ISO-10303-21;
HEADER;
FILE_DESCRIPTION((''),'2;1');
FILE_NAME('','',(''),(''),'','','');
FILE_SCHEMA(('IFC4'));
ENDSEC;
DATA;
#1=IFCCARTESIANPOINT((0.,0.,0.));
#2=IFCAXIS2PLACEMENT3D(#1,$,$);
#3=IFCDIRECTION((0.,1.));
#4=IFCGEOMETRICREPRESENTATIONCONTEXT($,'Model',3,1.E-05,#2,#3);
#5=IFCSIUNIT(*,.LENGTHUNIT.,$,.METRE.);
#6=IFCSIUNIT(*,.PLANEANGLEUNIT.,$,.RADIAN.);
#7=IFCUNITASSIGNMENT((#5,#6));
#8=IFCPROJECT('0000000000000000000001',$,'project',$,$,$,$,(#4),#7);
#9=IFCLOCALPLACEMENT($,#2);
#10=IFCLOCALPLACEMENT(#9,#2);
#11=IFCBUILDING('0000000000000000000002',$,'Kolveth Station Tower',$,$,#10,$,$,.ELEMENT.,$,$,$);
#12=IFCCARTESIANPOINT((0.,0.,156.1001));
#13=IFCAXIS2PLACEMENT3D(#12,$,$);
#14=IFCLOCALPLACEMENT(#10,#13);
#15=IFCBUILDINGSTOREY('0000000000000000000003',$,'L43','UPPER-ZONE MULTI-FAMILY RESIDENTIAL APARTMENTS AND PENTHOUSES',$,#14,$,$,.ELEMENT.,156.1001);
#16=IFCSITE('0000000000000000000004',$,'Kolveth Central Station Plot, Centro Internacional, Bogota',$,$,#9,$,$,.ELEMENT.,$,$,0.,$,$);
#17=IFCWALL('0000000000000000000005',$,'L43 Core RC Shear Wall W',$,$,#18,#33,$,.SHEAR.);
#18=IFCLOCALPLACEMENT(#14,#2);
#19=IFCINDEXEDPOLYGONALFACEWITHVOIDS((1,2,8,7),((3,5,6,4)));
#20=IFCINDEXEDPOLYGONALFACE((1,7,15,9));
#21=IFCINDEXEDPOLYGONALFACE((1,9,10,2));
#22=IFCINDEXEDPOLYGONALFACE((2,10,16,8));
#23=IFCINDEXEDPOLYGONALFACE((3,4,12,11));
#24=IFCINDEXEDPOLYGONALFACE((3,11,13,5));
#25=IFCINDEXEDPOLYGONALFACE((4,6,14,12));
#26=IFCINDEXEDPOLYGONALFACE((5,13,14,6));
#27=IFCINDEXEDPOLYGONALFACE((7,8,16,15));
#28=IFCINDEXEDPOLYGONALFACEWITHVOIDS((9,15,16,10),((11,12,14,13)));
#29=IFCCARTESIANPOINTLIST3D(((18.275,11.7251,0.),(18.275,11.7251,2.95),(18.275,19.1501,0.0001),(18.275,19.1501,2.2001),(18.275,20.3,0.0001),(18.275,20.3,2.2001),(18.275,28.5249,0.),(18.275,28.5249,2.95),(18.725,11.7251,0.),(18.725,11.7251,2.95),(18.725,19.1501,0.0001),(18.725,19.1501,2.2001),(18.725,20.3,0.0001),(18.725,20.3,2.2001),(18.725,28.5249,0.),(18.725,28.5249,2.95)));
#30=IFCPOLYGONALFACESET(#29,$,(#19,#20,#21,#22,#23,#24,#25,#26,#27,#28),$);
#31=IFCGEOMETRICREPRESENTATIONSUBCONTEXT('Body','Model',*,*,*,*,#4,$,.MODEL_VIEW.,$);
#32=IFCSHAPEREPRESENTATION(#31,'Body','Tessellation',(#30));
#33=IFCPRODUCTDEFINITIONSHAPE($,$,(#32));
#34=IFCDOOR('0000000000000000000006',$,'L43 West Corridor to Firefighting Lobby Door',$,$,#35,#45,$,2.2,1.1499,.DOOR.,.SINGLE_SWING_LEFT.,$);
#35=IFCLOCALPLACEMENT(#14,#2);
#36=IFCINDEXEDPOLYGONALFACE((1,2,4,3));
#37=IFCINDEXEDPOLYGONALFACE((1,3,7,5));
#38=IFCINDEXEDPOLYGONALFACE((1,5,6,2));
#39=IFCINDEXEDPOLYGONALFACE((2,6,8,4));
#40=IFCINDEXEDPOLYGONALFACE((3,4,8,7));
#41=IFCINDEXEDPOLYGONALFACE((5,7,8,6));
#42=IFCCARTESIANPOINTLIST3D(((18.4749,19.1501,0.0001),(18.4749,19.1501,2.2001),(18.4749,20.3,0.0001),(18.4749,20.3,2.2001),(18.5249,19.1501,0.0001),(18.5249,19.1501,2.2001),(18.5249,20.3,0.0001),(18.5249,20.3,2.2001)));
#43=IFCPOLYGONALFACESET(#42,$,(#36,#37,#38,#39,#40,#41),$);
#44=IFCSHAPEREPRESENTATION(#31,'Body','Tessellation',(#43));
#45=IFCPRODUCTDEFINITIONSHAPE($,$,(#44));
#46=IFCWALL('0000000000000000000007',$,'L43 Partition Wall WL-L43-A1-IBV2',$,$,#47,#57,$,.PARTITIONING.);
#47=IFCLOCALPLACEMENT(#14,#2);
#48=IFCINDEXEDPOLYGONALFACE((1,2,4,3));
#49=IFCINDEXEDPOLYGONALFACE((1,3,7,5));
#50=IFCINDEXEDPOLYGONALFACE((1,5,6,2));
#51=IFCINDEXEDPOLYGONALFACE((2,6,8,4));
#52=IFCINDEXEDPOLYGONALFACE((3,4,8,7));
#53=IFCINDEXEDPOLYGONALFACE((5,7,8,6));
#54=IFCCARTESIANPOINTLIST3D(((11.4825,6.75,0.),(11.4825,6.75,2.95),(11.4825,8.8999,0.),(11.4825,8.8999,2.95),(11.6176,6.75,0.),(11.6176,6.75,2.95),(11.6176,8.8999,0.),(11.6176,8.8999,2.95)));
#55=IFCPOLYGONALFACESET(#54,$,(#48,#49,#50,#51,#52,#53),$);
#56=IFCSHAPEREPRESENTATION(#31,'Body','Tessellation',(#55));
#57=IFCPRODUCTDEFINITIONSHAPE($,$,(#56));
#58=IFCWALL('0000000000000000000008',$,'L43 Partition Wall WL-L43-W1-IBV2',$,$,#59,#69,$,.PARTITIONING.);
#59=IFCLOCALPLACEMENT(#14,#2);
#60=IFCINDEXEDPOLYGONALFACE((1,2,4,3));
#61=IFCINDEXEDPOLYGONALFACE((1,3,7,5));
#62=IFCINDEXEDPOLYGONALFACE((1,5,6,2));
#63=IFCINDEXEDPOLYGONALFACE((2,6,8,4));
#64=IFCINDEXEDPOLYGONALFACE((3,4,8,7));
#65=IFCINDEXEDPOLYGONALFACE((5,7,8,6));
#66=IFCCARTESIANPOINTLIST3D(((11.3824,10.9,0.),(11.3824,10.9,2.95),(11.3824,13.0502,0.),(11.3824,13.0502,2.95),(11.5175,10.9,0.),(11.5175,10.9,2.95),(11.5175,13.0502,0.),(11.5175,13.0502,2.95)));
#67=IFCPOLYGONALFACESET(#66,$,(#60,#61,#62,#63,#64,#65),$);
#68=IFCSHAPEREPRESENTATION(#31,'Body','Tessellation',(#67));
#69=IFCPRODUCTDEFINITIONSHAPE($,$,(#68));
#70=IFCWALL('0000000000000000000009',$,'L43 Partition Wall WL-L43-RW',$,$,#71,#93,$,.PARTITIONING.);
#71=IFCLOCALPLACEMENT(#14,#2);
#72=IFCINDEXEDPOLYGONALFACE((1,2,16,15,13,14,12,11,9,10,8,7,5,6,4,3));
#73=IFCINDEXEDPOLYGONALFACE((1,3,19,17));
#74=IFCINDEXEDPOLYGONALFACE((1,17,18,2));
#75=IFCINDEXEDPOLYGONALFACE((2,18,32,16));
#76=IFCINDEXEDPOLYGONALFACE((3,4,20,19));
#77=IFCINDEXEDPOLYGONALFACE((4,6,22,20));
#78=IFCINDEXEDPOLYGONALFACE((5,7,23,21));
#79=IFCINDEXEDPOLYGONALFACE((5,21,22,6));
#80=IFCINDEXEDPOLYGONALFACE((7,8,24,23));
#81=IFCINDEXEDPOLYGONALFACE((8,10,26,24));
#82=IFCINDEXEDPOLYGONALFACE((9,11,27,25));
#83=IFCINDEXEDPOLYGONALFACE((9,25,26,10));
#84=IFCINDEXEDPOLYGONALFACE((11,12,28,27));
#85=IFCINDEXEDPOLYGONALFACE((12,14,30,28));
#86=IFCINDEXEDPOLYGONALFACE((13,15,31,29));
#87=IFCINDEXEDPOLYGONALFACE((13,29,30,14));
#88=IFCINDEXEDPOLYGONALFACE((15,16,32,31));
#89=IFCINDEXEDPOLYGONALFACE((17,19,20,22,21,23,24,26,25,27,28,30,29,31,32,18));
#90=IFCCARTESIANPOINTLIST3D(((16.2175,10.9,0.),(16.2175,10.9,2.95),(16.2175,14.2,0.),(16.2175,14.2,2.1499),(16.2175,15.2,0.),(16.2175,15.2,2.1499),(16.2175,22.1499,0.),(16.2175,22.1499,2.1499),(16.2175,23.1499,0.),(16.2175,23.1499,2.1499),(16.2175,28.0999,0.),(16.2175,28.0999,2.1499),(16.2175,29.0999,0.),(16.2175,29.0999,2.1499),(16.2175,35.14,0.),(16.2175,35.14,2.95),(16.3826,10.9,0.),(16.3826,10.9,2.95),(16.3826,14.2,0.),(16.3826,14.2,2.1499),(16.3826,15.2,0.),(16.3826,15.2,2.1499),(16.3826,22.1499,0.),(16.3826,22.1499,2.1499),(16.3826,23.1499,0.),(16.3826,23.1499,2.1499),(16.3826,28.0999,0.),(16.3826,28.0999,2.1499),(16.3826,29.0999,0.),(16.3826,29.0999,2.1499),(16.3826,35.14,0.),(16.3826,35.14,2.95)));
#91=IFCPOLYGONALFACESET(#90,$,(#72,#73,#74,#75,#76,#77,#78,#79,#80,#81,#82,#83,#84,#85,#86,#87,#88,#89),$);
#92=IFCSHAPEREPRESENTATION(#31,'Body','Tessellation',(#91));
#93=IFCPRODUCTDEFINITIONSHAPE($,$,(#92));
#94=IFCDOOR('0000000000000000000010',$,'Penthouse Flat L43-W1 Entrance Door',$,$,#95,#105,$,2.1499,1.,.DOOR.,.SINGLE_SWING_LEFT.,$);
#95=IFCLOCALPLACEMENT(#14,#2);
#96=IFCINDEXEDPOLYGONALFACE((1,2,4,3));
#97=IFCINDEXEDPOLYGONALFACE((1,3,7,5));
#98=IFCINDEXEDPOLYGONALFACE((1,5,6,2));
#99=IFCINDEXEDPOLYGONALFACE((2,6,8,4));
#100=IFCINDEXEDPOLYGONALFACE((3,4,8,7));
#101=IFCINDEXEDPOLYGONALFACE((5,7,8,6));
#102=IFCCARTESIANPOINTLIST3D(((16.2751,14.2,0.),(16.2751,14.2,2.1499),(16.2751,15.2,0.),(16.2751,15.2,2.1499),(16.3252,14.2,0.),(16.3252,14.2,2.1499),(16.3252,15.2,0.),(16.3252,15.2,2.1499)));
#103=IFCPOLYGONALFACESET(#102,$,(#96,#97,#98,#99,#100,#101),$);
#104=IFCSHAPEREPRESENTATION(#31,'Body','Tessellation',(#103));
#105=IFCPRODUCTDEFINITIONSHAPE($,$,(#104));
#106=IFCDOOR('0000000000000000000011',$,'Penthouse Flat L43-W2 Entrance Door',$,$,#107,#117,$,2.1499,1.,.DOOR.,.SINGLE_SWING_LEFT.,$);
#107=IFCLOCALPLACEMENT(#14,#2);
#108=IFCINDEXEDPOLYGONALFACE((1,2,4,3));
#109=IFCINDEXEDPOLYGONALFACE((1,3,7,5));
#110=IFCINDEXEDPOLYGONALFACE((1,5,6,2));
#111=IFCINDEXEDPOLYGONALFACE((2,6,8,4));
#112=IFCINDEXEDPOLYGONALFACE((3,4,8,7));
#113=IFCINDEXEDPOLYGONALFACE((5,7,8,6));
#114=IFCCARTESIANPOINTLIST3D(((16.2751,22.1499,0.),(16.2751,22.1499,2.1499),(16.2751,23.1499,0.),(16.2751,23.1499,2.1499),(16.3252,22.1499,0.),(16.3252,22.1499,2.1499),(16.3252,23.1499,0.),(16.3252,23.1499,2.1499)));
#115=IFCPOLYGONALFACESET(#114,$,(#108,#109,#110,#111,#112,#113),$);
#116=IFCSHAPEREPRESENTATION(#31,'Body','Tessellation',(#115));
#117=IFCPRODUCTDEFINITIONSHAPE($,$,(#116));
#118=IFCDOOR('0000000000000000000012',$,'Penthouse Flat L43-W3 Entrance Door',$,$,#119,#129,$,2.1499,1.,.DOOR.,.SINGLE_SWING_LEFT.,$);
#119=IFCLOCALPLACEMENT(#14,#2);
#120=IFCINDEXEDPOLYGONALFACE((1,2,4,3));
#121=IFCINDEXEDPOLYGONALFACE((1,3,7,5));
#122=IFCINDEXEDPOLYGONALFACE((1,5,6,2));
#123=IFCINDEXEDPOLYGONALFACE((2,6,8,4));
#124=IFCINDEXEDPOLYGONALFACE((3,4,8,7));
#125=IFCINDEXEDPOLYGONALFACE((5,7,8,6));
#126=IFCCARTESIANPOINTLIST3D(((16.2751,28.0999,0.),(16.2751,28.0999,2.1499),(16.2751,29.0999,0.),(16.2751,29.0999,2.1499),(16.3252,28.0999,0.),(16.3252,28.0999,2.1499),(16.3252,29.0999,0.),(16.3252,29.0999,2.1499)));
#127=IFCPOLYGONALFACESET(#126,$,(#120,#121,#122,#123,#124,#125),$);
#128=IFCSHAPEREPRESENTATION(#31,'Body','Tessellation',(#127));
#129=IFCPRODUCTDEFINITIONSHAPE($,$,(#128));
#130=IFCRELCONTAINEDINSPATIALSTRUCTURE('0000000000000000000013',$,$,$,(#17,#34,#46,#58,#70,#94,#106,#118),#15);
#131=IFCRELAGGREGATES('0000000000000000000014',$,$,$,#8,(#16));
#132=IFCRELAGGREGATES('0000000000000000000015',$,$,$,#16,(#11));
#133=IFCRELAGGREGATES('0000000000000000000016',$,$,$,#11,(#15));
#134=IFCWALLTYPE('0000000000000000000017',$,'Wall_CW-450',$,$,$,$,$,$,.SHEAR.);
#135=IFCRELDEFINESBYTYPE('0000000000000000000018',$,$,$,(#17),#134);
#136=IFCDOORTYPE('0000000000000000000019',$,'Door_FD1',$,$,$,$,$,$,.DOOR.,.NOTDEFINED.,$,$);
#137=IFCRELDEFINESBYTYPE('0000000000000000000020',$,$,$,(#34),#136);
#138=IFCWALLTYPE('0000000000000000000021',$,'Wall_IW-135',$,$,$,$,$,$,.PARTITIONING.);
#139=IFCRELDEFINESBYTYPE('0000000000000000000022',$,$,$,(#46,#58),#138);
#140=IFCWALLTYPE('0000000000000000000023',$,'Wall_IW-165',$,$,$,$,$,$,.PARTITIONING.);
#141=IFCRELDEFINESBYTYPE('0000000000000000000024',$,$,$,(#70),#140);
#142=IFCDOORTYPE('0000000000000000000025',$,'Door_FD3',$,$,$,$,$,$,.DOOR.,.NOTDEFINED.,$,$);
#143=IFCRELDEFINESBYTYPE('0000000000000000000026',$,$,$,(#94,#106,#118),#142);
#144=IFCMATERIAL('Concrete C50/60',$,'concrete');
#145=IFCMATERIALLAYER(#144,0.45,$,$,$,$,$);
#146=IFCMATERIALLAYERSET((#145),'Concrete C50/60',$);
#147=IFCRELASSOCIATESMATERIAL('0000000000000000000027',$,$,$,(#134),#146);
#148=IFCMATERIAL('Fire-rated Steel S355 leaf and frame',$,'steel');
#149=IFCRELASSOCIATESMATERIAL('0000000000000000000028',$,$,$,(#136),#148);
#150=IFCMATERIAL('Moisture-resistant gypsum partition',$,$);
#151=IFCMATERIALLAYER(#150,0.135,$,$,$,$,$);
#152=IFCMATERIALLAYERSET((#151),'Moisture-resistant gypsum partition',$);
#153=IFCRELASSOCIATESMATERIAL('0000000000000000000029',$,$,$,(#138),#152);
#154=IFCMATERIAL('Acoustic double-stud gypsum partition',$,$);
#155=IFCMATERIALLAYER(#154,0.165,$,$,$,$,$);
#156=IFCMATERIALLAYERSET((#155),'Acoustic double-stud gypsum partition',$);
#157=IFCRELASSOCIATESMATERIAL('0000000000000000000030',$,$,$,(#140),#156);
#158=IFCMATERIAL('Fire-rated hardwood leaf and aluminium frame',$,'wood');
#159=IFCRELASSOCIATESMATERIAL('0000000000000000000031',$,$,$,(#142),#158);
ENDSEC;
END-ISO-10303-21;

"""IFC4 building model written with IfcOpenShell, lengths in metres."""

from ifc_helpers import new_model, si_unit, direction, frame, frame_2d, origin, place, context, subcontext, project, spatial, rectangle, extrude, material, layer, layer_set, type_object, element, fill, save


model = new_model("IFC4")

# Units and contexts
model_context = context("Model", 3, precision=1e-05, world=origin(), true_north=direction((0.0, 1.0)))
body_context = subcontext(model_context, "Body", "Model", "MODEL_VIEW")
ifc_project = project(units=[si_unit("LENGTHUNIT", "METRE"), si_unit("PLANEANGLEUNIT", "RADIAN")], contexts=[model_context])

# Site, building, storey
site_placement = place(None, origin())
site = spatial("IfcSite", under=ifc_project, at=site_placement, Name="Kolveth Central Station Plot, Centro Internacional, Bogota", CompositionType="ELEMENT", RefElevation=0.0)
building_placement = place(site_placement, origin())
building = spatial("IfcBuilding", under=site, at=building_placement, Name="Kolveth Station Tower", CompositionType="ELEMENT")
storey_placement = place(building_placement, frame((0.0, 0.0, 156.1001)))
storey = spatial("IfcBuildingStorey", under=building, at=storey_placement, Name="L43", Description="UPPER-ZONE MULTI-FAMILY RESIDENTIAL APARTMENTS AND PENTHOUSES", CompositionType="ELEMENT", Elevation=156.1001)

# Shared definitions
ifc_material_1 = material(Name="Concrete C50/60", Category="concrete")
ifc_layer_1 = layer(ifc_material_1, 0.45)
ifc_layer_set_1 = layer_set([ifc_layer_1], Name="Concrete C50/60")
wall_type_1 = type_object("IfcWallType", Name="Wall_CW-450", PredefinedType="SHEAR", material=ifc_layer_set_1)

# Wall, opening, door
wall_1_placement = place(storey_placement, frame((18.5, 11.7251, 0.0), z_axis=(0.0, 0.0, 1.0), x_axis=(0.0, 1.0, 0.0)))
wall_1 = element("IfcWall", 1, at=wall_1_placement, inside=storey, type_object=wall_type_1, Name="L43 Core RC Shear Wall W", PredefinedType="SHEAR", context=body_context, shape_type="SweptSolid", body=[
    extrude(rectangle(XDim=16.7998, YDim=0.45, at=frame_2d((8.3999, 0.0))), origin(), (0.0, 0.0, 1.0), 2.95),
])
opening_1_placement = place(wall_1_placement, frame((7.425, 0.0, 0.0)))
opening_1 = element("IfcOpeningElement", 2, at=opening_1_placement, cuts=wall_1, PredefinedType="OPENING", context=body_context, shape_type="SweptSolid", body=[
    extrude(rectangle(XDim=1.1499, YDim=2.2, at=frame_2d((0.575, 1.1001))), frame((0.0, 0.2349, 0.0), z_axis=(0.0, -1.0, 0.0), x_axis=(1.0, 0.0, 0.0)), (0.0, 0.0, 1.0), 0.47),
])
ifc_material_2 = material(Name="Fire-rated Steel S355 leaf and frame", Category="steel")
door_type_1 = type_object("IfcDoorType", Name="Door_FD1", OperationType="NOTDEFINED", PredefinedType="DOOR", material=ifc_material_2)
door_1_placement = place(opening_1_placement, frame((1.1499, 0.0, 0.0), z_axis=(0.0, 0.0, 1.0), x_axis=(-1.0, 0.0, 0.0)))
door_1 = element("IfcDoor", 3, at=door_1_placement, inside=storey, type_object=door_type_1, Name="L43 West Corridor to Firefighting Lobby Door", OperationType="SINGLE_SWING_LEFT", OverallHeight=2.2, OverallWidth=1.1499, PredefinedType="DOOR", context=body_context, shape_type="SweptSolid", body=[
    extrude(rectangle(XDim=1.1499, YDim=2.2, at=frame_2d((0.575, 1.1001))), frame((0.0, 0.0249, 0.0), z_axis=(0.0, -1.0, 0.0), x_axis=(1.0, 0.0, 0.0)), (0.0, 0.0, 1.0), 0.05),
])
fill(opening_1, door_1)

# Walls
ifc_material_3 = material(Name="Moisture-resistant gypsum partition")
ifc_layer_2 = layer(ifc_material_3, 0.135)
ifc_layer_set_2 = layer_set([ifc_layer_2], Name="Moisture-resistant gypsum partition")
wall_type_2 = type_object("IfcWallType", Name="Wall_IW-135", PredefinedType="PARTITIONING", material=ifc_layer_set_2)
wall_2_placement = place(storey_placement, frame((11.55, 6.75, 0.0), z_axis=(0.0, 0.0, 1.0), x_axis=(0.0, 1.0, 0.0)))
element("IfcWall", 4, at=wall_2_placement, inside=storey, type_object=wall_type_2, Name="L43 Partition Wall WL-L43-A1-IBV2", PredefinedType="PARTITIONING", context=body_context, shape_type="SweptSolid", body=[
    extrude(rectangle(XDim=2.1499, YDim=0.135, at=frame_2d((1.075, 0.0))), origin(), (0.0, 0.0, 1.0), 2.95),
])
wall_3_placement = place(storey_placement, frame((11.45, 10.8999, 0.0), z_axis=(0.0, 0.0, 1.0), x_axis=(0.0, 1.0, 0.0)))
element("IfcWall", 5, at=wall_3_placement, inside=storey, type_object=wall_type_2, Name="L43 Partition Wall WL-L43-W1-IBV2", PredefinedType="PARTITIONING", context=body_context, shape_type="SweptSolid", body=[
    extrude(rectangle(XDim=2.1501, YDim=0.135, at=frame_2d((1.0752, 0.0))), origin(), (0.0, 0.0, 1.0), 2.95),
])

# Wall, openings, doors
ifc_material_4 = material(Name="Acoustic double-stud gypsum partition")
ifc_layer_3 = layer(ifc_material_4, 0.165)
ifc_layer_set_3 = layer_set([ifc_layer_3], Name="Acoustic double-stud gypsum partition")
wall_type_3 = type_object("IfcWallType", Name="Wall_IW-165", PredefinedType="PARTITIONING", material=ifc_layer_set_3)
wall_4_placement = place(storey_placement, frame((16.3, 10.8999, 0.0), z_axis=(0.0, 0.0, 1.0), x_axis=(0.0, 1.0, 0.0)))
wall_4 = element("IfcWall", 6, at=wall_4_placement, inside=storey, type_object=wall_type_3, Name="L43 Partition Wall WL-L43-RW", PredefinedType="PARTITIONING", context=body_context, shape_type="SweptSolid", body=[
    extrude(rectangle(XDim=24.24, YDim=0.165, at=frame_2d((12.1201, 0.0))), origin(), (0.0, 0.0, 1.0), 2.95),
])
opening_2_placement = place(wall_4_placement, frame((3.3, 0.0, 0.0)))
opening_2 = element("IfcOpeningElement", 7, at=opening_2_placement, cuts=wall_4, PredefinedType="OPENING", context=body_context, shape_type="SweptSolid", body=[
    extrude(rectangle(XDim=1.0, YDim=2.1499, at=frame_2d((0.5, 1.075))), frame((0.0, 0.0925, 0.0), z_axis=(0.0, -1.0, 0.0), x_axis=(1.0, 0.0, 0.0)), (0.0, 0.0, 1.0), 0.1851),
])
opening_3_placement = place(wall_4_placement, frame((11.25, 0.0, 0.0)))
opening_3 = element("IfcOpeningElement", 8, at=opening_3_placement, cuts=wall_4, PredefinedType="OPENING", context=body_context, shape_type="SweptSolid", body=[
    extrude(rectangle(XDim=1.0, YDim=2.1499, at=frame_2d((0.5, 1.075))), frame((0.0, 0.0925, 0.0), z_axis=(0.0, -1.0, 0.0), x_axis=(1.0, 0.0, 0.0)), (0.0, 0.0, 1.0), 0.1851),
])
opening_4_placement = place(wall_4_placement, frame((17.2, 0.0, 0.0)))
opening_4 = element("IfcOpeningElement", 9, at=opening_4_placement, cuts=wall_4, PredefinedType="OPENING", context=body_context, shape_type="SweptSolid", body=[
    extrude(rectangle(XDim=1.0, YDim=2.1499, at=frame_2d((0.5, 1.075))), frame((0.0, 0.0925, 0.0), z_axis=(0.0, -1.0, 0.0), x_axis=(1.0, 0.0, 0.0)), (0.0, 0.0, 1.0), 0.1851),
])
ifc_material_5 = material(Name="Fire-rated hardwood leaf and aluminium frame", Category="wood")
door_type_2 = type_object("IfcDoorType", Name="Door_FD3", OperationType="NOTDEFINED", PredefinedType="DOOR", material=ifc_material_5)
door_2_placement = place(opening_2_placement, origin())
door_2 = element("IfcDoor", 10, at=door_2_placement, inside=storey, type_object=door_type_2, Name="Penthouse Flat L43-W1 Entrance Door", OperationType="SINGLE_SWING_LEFT", OverallHeight=2.1499, OverallWidth=1.0, PredefinedType="DOOR", context=body_context, shape_type="SweptSolid", body=[
    extrude(rectangle(XDim=1.0, YDim=2.1499, at=frame_2d((0.5, 1.075))), frame((0.0, 0.0249, 0.0), z_axis=(0.0, -1.0, 0.0), x_axis=(1.0, 0.0, 0.0)), (0.0, 0.0, 1.0), 0.05),
])
fill(opening_2, door_2)
door_3_placement = place(opening_3_placement, origin())
door_3 = element("IfcDoor", 11, at=door_3_placement, inside=storey, type_object=door_type_2, Name="Penthouse Flat L43-W2 Entrance Door", OperationType="SINGLE_SWING_LEFT", OverallHeight=2.1499, OverallWidth=1.0, PredefinedType="DOOR", context=body_context, shape_type="SweptSolid", body=[
    extrude(rectangle(XDim=1.0, YDim=2.1499, at=frame_2d((0.5, 1.075))), frame((0.0, 0.0249, 0.0), z_axis=(0.0, -1.0, 0.0), x_axis=(1.0, 0.0, 0.0)), (0.0, 0.0, 1.0), 0.05),
])
fill(opening_3, door_3)
door_4_placement = place(opening_4_placement, origin())
door_4 = element("IfcDoor", 12, at=door_4_placement, inside=storey, type_object=door_type_2, Name="Penthouse Flat L43-W3 Entrance Door", OperationType="SINGLE_SWING_LEFT", OverallHeight=2.1499, OverallWidth=1.0, PredefinedType="DOOR", context=body_context, shape_type="SweptSolid", body=[
    extrude(rectangle(XDim=1.0, YDim=2.1499, at=frame_2d((0.5, 1.075))), frame((0.0, 0.0249, 0.0), z_axis=(0.0, -1.0, 0.0), x_axis=(1.0, 0.0, 0.0)), (0.0, 0.0, 1.0), 0.05),
])
fill(opening_4, door_4)

save(model, "model.ifc")
